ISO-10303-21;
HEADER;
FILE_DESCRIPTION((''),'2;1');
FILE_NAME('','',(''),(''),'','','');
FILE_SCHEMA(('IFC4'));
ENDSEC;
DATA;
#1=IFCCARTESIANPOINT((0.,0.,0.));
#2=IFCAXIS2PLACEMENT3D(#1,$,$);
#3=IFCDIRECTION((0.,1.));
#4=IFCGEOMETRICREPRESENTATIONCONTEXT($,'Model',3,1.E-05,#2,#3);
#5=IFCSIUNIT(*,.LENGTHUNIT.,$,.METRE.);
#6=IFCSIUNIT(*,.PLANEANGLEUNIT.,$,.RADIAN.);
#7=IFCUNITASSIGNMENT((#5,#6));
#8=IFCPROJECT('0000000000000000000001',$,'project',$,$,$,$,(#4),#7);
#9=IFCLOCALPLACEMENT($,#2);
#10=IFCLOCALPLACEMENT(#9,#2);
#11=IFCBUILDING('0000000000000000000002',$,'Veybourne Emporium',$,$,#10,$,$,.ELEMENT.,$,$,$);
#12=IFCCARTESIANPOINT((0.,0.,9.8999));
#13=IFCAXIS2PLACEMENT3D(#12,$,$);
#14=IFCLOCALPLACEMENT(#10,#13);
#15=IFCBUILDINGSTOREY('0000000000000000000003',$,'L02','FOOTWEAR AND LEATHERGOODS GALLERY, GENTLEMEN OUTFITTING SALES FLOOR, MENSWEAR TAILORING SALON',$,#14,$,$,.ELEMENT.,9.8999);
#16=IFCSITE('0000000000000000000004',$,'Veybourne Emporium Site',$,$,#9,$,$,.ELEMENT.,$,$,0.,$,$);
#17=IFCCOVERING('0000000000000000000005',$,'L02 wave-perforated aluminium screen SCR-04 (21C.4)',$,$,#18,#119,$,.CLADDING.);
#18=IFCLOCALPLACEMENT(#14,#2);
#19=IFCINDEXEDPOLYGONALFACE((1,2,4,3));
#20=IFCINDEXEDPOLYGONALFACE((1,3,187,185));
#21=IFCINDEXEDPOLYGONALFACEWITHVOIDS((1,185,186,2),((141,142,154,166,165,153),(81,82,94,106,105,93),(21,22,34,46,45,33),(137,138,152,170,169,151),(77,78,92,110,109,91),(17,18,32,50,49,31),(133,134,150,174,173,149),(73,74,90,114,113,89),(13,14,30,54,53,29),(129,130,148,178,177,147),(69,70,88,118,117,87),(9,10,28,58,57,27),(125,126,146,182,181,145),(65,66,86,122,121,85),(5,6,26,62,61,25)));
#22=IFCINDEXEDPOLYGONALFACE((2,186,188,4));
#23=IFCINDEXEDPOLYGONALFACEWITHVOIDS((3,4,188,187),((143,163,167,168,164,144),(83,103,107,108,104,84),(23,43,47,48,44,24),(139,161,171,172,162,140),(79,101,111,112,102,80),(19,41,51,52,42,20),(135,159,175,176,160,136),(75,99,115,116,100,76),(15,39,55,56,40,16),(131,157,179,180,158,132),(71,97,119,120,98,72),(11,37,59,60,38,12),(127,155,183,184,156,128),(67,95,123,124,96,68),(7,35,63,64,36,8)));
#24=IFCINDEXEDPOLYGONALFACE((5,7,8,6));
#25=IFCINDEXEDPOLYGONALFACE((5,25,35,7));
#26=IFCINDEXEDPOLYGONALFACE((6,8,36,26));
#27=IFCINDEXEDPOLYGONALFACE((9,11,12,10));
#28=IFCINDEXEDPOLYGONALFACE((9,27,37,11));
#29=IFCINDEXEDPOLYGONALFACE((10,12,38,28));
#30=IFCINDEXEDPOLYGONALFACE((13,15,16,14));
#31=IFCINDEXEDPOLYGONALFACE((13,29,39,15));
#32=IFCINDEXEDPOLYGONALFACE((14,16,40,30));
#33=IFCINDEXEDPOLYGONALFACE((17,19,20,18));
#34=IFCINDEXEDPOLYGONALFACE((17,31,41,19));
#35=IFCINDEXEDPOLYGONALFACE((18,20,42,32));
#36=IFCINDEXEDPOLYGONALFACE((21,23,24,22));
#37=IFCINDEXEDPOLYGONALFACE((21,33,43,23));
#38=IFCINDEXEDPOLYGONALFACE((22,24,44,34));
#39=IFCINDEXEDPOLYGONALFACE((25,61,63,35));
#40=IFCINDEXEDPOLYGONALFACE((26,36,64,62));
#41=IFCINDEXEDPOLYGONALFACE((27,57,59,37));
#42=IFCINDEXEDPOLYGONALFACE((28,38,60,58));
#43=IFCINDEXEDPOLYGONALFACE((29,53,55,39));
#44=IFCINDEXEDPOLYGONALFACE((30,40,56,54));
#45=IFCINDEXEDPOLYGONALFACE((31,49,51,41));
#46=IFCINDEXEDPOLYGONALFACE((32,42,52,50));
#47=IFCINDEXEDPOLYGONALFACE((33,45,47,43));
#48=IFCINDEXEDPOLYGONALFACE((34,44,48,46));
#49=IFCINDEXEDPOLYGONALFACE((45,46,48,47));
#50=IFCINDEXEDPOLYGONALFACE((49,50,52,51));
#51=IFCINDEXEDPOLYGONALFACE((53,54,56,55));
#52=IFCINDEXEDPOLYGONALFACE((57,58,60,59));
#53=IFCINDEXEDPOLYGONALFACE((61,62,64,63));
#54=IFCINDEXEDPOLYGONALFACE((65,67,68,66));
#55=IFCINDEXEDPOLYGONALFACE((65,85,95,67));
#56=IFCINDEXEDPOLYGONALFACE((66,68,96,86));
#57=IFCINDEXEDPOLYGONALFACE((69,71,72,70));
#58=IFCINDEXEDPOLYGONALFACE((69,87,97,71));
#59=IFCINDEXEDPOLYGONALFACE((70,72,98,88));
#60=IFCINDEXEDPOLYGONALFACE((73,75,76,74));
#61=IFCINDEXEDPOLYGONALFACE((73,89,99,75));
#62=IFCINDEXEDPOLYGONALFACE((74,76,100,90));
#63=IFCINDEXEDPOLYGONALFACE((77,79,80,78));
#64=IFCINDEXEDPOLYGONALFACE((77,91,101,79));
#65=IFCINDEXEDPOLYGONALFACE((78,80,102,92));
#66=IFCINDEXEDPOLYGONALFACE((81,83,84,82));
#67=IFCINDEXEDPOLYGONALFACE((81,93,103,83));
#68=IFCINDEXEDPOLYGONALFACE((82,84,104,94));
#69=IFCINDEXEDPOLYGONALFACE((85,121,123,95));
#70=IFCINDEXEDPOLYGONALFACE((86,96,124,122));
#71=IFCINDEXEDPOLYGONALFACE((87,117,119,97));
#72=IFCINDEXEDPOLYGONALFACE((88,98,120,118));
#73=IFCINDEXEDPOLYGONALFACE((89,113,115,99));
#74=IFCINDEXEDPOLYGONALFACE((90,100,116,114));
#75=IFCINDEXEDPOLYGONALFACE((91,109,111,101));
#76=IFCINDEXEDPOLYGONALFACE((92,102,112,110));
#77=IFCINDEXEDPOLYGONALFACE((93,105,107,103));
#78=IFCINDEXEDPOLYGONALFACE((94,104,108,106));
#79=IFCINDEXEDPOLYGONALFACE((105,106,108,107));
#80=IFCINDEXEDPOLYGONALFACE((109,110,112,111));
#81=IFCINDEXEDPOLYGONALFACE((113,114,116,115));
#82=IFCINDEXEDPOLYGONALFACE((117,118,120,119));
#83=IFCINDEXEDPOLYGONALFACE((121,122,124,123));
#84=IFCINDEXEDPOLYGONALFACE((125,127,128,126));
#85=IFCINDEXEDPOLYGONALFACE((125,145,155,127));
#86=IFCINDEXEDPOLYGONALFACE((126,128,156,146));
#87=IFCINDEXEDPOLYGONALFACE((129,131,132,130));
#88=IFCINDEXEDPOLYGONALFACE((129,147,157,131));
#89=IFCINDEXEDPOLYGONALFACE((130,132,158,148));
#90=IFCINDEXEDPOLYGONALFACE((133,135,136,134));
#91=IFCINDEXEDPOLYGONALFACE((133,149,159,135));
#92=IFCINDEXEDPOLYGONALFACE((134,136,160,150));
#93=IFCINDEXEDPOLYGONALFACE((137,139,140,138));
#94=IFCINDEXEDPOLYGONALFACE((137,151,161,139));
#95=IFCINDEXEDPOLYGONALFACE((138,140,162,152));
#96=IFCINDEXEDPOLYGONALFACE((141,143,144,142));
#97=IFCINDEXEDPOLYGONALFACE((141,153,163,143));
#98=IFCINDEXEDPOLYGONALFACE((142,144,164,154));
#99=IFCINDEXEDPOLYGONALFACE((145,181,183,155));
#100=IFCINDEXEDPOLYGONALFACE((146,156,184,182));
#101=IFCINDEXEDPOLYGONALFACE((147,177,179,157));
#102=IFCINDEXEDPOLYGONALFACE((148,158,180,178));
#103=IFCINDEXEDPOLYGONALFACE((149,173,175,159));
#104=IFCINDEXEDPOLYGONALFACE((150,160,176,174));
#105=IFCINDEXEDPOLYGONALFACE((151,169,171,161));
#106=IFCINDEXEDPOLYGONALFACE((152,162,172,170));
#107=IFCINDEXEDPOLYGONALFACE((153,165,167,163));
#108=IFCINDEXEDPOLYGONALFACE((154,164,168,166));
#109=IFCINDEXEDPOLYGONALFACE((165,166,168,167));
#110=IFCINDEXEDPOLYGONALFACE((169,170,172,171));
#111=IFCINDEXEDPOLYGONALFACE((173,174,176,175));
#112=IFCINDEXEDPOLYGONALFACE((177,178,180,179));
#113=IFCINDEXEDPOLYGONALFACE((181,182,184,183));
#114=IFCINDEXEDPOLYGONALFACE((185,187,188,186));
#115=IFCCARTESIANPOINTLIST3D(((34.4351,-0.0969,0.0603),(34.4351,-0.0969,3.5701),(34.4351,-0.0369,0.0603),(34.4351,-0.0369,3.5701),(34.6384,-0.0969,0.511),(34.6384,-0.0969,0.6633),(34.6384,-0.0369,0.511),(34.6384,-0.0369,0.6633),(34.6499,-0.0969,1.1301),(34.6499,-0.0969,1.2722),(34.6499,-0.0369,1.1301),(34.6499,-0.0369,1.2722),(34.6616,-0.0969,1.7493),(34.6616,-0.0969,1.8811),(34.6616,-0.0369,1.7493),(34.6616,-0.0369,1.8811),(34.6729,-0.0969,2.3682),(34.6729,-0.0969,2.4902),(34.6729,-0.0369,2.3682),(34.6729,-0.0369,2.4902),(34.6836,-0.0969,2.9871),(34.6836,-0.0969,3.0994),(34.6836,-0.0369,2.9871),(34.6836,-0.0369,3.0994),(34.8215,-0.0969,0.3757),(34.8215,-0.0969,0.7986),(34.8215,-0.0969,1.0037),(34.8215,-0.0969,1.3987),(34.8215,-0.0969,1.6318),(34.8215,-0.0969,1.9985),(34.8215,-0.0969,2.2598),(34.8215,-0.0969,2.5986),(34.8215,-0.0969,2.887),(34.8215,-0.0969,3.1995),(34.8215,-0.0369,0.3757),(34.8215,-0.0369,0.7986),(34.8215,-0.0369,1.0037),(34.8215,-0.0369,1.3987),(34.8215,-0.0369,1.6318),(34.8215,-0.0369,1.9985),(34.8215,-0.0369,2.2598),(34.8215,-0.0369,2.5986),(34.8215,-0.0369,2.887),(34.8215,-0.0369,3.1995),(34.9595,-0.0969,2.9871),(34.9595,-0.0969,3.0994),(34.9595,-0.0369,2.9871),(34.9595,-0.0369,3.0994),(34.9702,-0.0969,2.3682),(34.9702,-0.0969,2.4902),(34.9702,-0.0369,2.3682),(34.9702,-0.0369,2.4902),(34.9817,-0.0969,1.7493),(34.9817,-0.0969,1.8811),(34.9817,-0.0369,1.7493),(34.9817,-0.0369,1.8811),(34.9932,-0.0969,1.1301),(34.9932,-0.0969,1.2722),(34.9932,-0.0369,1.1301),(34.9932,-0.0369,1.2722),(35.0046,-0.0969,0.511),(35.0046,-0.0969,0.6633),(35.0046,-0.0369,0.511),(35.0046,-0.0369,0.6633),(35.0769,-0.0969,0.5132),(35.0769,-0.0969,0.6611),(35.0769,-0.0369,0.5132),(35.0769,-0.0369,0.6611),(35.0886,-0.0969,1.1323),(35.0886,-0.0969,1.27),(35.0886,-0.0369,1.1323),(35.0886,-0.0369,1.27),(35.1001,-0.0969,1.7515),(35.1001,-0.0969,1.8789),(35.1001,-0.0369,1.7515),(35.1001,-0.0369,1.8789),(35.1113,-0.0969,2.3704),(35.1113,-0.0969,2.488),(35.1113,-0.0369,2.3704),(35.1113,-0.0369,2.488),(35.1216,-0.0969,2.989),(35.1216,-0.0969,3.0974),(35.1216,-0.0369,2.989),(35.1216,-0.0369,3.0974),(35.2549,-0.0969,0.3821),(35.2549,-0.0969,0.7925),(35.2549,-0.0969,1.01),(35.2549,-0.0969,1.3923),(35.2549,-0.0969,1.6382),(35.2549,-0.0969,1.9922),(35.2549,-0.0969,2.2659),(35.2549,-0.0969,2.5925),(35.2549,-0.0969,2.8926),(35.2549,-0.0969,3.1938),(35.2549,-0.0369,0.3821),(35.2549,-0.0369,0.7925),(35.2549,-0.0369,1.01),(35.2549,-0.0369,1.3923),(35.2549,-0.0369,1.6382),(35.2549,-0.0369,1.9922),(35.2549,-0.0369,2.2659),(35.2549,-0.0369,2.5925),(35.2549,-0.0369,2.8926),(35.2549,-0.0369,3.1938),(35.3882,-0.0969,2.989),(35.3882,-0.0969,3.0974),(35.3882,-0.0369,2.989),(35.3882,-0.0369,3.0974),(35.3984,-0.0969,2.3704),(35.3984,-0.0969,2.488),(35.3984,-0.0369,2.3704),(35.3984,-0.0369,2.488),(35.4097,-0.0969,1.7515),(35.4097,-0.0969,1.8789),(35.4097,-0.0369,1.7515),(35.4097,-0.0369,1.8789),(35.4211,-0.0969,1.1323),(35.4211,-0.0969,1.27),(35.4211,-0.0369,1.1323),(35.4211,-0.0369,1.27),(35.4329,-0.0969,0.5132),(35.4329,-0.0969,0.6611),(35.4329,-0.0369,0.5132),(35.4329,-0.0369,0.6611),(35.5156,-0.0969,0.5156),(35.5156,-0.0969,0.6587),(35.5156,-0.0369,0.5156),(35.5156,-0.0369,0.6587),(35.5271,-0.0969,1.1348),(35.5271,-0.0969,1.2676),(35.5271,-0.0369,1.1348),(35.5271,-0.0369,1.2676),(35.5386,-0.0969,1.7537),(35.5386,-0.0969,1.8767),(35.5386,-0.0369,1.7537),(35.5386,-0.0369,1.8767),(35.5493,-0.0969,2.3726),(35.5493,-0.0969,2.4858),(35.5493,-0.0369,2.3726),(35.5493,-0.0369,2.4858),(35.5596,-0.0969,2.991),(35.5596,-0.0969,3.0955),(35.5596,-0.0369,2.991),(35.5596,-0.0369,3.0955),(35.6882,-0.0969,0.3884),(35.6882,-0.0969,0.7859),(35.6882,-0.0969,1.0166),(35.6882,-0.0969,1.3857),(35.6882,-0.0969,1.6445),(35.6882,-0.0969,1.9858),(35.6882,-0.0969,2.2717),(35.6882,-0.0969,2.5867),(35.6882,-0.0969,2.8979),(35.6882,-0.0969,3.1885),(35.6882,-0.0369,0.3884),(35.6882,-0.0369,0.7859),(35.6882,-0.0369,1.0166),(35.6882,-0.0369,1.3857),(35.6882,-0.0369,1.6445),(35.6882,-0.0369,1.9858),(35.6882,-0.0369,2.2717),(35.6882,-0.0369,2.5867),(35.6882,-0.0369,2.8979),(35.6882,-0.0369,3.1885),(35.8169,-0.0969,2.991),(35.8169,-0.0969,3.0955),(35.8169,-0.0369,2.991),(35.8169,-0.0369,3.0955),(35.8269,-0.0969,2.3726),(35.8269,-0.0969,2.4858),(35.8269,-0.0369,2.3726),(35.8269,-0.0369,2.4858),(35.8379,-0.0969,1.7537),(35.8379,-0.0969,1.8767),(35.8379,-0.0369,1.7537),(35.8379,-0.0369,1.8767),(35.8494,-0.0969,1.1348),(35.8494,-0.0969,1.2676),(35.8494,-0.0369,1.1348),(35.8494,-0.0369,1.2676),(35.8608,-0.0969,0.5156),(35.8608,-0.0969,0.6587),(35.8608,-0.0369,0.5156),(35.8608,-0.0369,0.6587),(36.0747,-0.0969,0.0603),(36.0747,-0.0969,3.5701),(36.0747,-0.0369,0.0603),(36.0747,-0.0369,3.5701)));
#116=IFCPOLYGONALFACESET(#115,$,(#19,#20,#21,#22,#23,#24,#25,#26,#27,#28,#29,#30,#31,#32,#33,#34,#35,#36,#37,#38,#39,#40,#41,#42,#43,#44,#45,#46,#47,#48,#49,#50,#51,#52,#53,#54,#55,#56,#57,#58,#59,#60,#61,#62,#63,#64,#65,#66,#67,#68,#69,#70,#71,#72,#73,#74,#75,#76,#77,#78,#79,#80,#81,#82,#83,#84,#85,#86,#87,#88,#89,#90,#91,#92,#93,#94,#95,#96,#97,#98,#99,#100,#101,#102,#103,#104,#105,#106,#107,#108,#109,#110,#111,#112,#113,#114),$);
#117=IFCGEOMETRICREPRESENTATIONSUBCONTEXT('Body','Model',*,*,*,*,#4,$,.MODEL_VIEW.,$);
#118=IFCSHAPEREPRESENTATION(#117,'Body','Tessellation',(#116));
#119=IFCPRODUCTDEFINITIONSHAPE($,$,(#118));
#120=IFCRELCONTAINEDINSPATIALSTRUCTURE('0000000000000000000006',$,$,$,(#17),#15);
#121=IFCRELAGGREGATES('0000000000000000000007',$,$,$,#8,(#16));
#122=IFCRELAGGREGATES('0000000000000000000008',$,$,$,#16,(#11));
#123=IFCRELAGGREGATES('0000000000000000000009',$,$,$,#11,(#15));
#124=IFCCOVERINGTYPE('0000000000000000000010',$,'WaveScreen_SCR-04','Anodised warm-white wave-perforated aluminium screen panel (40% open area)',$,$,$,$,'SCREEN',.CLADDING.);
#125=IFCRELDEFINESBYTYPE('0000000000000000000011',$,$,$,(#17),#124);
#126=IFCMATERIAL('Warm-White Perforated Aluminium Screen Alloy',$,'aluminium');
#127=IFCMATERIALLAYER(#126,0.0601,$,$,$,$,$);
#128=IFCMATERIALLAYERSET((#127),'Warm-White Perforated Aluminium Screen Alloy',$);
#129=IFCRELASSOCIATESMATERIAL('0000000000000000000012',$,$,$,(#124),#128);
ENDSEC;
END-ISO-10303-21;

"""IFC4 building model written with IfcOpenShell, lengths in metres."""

from ifc_helpers import new_model, si_unit, direction, frame, origin, place, context, subcontext, project, spatial, polyline, outline, extrude, material, layer, layer_set, type_object, element, save


model = new_model("IFC4")

# Units and contexts
model_context = context("Model", 3, precision=1e-05, world=origin(), true_north=direction((0.0, 1.0)))
body_context = subcontext(model_context, "Body", "Model", "MODEL_VIEW")
ifc_project = project(units=[si_unit("LENGTHUNIT", "METRE"), si_unit("PLANEANGLEUNIT", "RADIAN")], contexts=[model_context])

# Site, building, storey
site_placement = place(None, origin())
site = spatial("IfcSite", under=ifc_project, at=site_placement, Name="Veybourne Emporium Site", CompositionType="ELEMENT", RefElevation=0.0)
building_placement = place(site_placement, origin())
building = spatial("IfcBuilding", under=site, at=building_placement, Name="Veybourne Emporium", CompositionType="ELEMENT")
storey_placement = place(building_placement, frame((0.0, 0.0, 9.8999)))
storey = spatial("IfcBuildingStorey", under=building, at=storey_placement, Name="L02", Description="FOOTWEAR AND LEATHERGOODS GALLERY, GENTLEMEN OUTFITTING SALES FLOOR, MENSWEAR TAILORING SALON", CompositionType="ELEMENT", Elevation=9.8999)

# Covering
ifc_material_1 = material(Name="Warm-White Perforated Aluminium Screen Alloy", Category="aluminium")
ifc_layer_1 = layer(ifc_material_1, 0.0601)
ifc_layer_set_1 = layer_set([ifc_layer_1], Name="Warm-White Perforated Aluminium Screen Alloy")
covering_type_1 = type_object("IfcCoveringType", Name="WaveScreen_SCR-04", Description="Anodised warm-white wave-perforated aluminium screen panel (40% open area)", ElementType="SCREEN", PredefinedType="CLADDING", material=ifc_layer_set_1)
covering_1_placement = place(storey_placement, frame((35.2549, -0.0969, 1.8152), z_axis=(0.0, 1.0, 0.0), x_axis=(-1.0, 0.0, 0.0)))
element("IfcCovering", 1, at=covering_1_placement, inside=storey, type_object=covering_type_1, Name="L02 wave-perforated aluminium screen SCR-04 (21C.4)", PredefinedType="CLADDING", context=body_context, shape_type="SweptSolid", body=[
    extrude(outline(polyline([(-0.8198, -1.7549), (0.8198, -1.7549), (0.8198, 1.7549), (-0.8198, 1.7549), (-0.8198, -1.7549)]), holes=[polyline([(-0.4333, -1.0293), (-0.2607, -1.1565), (-0.2607, -1.2996), (-0.4333, -1.4268), (-0.606, -1.2996), (-0.606, -1.1565), (-0.4333, -1.0293)]), polyline([(-0.4333, -0.4294), (-0.2722, -0.5476), (-0.2722, -0.6804), (-0.4333, -0.7986), (-0.5945, -0.6804), (-0.5945, -0.5476), (-0.4333, -0.4294)]), polyline([(-0.4333, 0.1707), (-0.2837, 0.0615), (-0.2837, -0.0615), (-0.4333, -0.1707), (-0.583, -0.0615), (-0.583, 0.0615), (-0.4333, 0.1707)]), polyline([(-0.4333, 0.7715), (-0.2944, 0.6707), (-0.2944, 0.5574), (-0.4333, 0.4565), (-0.572, 0.5574), (-0.572, 0.6707), (-0.4333, 0.7715)]), polyline([(-0.4333, 1.3733), (-0.3047, 1.2803), (-0.3047, 1.1758), (-0.4333, 1.0828), (-0.562, 1.1758), (-0.562, 1.2803), (-0.4333, 1.3733)]), polyline([(0.0, -1.0227), (0.178, -1.1541), (0.178, -1.302), (0.0, -1.4331), (-0.178, -1.302), (-0.178, -1.1541), (0.0, -1.0227)]), polyline([(0.0, -0.4229), (0.1663, -0.5452), (0.1663, -0.6829), (0.0, -0.8052), (-0.1663, -0.6829), (-0.1663, -0.5452), (0.0, -0.4229)]), polyline([(0.0, 0.177), (0.1548, 0.0637), (0.1548, -0.0637), (0.0, -0.177), (-0.1548, -0.0637), (-0.1548, 0.0637), (0.0, 0.177)]), polyline([(0.0, 0.7773), (0.1436, 0.6729), (0.1436, 0.5552), (0.0, 0.4507), (-0.1436, 0.5552), (-0.1436, 0.6729), (0.0, 0.7773)]), polyline([(0.0, 1.3787), (0.1333, 1.2822), (0.1333, 1.1738), (0.0, 1.0774), (-0.1333, 1.1738), (-0.1333, 1.2822), (0.0, 1.3787)]), polyline([(0.4333, -1.0166), (0.6165, -1.1519), (0.6165, -1.3042), (0.4333, -1.4395), (0.2502, -1.3042), (0.2502, -1.1519), (0.4333, -1.0166)]), polyline([(0.4333, -0.4165), (0.605, -0.543), (0.605, -0.6851), (0.4333, -0.8115), (0.2617, -0.6851), (0.2617, -0.543), (0.4333, -0.4165)]), polyline([(0.4333, 0.1833), (0.5933, 0.0659), (0.5933, -0.0659), (0.4333, -0.1833), (0.2732, -0.0659), (0.2732, 0.0659), (0.4333, 0.1833)]), polyline([(0.4333, 0.7834), (0.582, 0.675), (0.582, 0.553), (0.4333, 0.4446), (0.2847, 0.553), (0.2847, 0.675), (0.4333, 0.7834)]), polyline([(0.4333, 1.3843), (0.5713, 1.2842), (0.5713, 1.1719), (0.4333, 1.0718), (0.2954, 1.1719), (0.2954, 1.2842), (0.4333, 1.3843)])]), origin(), (0.0, 0.0, 1.0), 0.0601),
])

save(model, "model.ifc")
